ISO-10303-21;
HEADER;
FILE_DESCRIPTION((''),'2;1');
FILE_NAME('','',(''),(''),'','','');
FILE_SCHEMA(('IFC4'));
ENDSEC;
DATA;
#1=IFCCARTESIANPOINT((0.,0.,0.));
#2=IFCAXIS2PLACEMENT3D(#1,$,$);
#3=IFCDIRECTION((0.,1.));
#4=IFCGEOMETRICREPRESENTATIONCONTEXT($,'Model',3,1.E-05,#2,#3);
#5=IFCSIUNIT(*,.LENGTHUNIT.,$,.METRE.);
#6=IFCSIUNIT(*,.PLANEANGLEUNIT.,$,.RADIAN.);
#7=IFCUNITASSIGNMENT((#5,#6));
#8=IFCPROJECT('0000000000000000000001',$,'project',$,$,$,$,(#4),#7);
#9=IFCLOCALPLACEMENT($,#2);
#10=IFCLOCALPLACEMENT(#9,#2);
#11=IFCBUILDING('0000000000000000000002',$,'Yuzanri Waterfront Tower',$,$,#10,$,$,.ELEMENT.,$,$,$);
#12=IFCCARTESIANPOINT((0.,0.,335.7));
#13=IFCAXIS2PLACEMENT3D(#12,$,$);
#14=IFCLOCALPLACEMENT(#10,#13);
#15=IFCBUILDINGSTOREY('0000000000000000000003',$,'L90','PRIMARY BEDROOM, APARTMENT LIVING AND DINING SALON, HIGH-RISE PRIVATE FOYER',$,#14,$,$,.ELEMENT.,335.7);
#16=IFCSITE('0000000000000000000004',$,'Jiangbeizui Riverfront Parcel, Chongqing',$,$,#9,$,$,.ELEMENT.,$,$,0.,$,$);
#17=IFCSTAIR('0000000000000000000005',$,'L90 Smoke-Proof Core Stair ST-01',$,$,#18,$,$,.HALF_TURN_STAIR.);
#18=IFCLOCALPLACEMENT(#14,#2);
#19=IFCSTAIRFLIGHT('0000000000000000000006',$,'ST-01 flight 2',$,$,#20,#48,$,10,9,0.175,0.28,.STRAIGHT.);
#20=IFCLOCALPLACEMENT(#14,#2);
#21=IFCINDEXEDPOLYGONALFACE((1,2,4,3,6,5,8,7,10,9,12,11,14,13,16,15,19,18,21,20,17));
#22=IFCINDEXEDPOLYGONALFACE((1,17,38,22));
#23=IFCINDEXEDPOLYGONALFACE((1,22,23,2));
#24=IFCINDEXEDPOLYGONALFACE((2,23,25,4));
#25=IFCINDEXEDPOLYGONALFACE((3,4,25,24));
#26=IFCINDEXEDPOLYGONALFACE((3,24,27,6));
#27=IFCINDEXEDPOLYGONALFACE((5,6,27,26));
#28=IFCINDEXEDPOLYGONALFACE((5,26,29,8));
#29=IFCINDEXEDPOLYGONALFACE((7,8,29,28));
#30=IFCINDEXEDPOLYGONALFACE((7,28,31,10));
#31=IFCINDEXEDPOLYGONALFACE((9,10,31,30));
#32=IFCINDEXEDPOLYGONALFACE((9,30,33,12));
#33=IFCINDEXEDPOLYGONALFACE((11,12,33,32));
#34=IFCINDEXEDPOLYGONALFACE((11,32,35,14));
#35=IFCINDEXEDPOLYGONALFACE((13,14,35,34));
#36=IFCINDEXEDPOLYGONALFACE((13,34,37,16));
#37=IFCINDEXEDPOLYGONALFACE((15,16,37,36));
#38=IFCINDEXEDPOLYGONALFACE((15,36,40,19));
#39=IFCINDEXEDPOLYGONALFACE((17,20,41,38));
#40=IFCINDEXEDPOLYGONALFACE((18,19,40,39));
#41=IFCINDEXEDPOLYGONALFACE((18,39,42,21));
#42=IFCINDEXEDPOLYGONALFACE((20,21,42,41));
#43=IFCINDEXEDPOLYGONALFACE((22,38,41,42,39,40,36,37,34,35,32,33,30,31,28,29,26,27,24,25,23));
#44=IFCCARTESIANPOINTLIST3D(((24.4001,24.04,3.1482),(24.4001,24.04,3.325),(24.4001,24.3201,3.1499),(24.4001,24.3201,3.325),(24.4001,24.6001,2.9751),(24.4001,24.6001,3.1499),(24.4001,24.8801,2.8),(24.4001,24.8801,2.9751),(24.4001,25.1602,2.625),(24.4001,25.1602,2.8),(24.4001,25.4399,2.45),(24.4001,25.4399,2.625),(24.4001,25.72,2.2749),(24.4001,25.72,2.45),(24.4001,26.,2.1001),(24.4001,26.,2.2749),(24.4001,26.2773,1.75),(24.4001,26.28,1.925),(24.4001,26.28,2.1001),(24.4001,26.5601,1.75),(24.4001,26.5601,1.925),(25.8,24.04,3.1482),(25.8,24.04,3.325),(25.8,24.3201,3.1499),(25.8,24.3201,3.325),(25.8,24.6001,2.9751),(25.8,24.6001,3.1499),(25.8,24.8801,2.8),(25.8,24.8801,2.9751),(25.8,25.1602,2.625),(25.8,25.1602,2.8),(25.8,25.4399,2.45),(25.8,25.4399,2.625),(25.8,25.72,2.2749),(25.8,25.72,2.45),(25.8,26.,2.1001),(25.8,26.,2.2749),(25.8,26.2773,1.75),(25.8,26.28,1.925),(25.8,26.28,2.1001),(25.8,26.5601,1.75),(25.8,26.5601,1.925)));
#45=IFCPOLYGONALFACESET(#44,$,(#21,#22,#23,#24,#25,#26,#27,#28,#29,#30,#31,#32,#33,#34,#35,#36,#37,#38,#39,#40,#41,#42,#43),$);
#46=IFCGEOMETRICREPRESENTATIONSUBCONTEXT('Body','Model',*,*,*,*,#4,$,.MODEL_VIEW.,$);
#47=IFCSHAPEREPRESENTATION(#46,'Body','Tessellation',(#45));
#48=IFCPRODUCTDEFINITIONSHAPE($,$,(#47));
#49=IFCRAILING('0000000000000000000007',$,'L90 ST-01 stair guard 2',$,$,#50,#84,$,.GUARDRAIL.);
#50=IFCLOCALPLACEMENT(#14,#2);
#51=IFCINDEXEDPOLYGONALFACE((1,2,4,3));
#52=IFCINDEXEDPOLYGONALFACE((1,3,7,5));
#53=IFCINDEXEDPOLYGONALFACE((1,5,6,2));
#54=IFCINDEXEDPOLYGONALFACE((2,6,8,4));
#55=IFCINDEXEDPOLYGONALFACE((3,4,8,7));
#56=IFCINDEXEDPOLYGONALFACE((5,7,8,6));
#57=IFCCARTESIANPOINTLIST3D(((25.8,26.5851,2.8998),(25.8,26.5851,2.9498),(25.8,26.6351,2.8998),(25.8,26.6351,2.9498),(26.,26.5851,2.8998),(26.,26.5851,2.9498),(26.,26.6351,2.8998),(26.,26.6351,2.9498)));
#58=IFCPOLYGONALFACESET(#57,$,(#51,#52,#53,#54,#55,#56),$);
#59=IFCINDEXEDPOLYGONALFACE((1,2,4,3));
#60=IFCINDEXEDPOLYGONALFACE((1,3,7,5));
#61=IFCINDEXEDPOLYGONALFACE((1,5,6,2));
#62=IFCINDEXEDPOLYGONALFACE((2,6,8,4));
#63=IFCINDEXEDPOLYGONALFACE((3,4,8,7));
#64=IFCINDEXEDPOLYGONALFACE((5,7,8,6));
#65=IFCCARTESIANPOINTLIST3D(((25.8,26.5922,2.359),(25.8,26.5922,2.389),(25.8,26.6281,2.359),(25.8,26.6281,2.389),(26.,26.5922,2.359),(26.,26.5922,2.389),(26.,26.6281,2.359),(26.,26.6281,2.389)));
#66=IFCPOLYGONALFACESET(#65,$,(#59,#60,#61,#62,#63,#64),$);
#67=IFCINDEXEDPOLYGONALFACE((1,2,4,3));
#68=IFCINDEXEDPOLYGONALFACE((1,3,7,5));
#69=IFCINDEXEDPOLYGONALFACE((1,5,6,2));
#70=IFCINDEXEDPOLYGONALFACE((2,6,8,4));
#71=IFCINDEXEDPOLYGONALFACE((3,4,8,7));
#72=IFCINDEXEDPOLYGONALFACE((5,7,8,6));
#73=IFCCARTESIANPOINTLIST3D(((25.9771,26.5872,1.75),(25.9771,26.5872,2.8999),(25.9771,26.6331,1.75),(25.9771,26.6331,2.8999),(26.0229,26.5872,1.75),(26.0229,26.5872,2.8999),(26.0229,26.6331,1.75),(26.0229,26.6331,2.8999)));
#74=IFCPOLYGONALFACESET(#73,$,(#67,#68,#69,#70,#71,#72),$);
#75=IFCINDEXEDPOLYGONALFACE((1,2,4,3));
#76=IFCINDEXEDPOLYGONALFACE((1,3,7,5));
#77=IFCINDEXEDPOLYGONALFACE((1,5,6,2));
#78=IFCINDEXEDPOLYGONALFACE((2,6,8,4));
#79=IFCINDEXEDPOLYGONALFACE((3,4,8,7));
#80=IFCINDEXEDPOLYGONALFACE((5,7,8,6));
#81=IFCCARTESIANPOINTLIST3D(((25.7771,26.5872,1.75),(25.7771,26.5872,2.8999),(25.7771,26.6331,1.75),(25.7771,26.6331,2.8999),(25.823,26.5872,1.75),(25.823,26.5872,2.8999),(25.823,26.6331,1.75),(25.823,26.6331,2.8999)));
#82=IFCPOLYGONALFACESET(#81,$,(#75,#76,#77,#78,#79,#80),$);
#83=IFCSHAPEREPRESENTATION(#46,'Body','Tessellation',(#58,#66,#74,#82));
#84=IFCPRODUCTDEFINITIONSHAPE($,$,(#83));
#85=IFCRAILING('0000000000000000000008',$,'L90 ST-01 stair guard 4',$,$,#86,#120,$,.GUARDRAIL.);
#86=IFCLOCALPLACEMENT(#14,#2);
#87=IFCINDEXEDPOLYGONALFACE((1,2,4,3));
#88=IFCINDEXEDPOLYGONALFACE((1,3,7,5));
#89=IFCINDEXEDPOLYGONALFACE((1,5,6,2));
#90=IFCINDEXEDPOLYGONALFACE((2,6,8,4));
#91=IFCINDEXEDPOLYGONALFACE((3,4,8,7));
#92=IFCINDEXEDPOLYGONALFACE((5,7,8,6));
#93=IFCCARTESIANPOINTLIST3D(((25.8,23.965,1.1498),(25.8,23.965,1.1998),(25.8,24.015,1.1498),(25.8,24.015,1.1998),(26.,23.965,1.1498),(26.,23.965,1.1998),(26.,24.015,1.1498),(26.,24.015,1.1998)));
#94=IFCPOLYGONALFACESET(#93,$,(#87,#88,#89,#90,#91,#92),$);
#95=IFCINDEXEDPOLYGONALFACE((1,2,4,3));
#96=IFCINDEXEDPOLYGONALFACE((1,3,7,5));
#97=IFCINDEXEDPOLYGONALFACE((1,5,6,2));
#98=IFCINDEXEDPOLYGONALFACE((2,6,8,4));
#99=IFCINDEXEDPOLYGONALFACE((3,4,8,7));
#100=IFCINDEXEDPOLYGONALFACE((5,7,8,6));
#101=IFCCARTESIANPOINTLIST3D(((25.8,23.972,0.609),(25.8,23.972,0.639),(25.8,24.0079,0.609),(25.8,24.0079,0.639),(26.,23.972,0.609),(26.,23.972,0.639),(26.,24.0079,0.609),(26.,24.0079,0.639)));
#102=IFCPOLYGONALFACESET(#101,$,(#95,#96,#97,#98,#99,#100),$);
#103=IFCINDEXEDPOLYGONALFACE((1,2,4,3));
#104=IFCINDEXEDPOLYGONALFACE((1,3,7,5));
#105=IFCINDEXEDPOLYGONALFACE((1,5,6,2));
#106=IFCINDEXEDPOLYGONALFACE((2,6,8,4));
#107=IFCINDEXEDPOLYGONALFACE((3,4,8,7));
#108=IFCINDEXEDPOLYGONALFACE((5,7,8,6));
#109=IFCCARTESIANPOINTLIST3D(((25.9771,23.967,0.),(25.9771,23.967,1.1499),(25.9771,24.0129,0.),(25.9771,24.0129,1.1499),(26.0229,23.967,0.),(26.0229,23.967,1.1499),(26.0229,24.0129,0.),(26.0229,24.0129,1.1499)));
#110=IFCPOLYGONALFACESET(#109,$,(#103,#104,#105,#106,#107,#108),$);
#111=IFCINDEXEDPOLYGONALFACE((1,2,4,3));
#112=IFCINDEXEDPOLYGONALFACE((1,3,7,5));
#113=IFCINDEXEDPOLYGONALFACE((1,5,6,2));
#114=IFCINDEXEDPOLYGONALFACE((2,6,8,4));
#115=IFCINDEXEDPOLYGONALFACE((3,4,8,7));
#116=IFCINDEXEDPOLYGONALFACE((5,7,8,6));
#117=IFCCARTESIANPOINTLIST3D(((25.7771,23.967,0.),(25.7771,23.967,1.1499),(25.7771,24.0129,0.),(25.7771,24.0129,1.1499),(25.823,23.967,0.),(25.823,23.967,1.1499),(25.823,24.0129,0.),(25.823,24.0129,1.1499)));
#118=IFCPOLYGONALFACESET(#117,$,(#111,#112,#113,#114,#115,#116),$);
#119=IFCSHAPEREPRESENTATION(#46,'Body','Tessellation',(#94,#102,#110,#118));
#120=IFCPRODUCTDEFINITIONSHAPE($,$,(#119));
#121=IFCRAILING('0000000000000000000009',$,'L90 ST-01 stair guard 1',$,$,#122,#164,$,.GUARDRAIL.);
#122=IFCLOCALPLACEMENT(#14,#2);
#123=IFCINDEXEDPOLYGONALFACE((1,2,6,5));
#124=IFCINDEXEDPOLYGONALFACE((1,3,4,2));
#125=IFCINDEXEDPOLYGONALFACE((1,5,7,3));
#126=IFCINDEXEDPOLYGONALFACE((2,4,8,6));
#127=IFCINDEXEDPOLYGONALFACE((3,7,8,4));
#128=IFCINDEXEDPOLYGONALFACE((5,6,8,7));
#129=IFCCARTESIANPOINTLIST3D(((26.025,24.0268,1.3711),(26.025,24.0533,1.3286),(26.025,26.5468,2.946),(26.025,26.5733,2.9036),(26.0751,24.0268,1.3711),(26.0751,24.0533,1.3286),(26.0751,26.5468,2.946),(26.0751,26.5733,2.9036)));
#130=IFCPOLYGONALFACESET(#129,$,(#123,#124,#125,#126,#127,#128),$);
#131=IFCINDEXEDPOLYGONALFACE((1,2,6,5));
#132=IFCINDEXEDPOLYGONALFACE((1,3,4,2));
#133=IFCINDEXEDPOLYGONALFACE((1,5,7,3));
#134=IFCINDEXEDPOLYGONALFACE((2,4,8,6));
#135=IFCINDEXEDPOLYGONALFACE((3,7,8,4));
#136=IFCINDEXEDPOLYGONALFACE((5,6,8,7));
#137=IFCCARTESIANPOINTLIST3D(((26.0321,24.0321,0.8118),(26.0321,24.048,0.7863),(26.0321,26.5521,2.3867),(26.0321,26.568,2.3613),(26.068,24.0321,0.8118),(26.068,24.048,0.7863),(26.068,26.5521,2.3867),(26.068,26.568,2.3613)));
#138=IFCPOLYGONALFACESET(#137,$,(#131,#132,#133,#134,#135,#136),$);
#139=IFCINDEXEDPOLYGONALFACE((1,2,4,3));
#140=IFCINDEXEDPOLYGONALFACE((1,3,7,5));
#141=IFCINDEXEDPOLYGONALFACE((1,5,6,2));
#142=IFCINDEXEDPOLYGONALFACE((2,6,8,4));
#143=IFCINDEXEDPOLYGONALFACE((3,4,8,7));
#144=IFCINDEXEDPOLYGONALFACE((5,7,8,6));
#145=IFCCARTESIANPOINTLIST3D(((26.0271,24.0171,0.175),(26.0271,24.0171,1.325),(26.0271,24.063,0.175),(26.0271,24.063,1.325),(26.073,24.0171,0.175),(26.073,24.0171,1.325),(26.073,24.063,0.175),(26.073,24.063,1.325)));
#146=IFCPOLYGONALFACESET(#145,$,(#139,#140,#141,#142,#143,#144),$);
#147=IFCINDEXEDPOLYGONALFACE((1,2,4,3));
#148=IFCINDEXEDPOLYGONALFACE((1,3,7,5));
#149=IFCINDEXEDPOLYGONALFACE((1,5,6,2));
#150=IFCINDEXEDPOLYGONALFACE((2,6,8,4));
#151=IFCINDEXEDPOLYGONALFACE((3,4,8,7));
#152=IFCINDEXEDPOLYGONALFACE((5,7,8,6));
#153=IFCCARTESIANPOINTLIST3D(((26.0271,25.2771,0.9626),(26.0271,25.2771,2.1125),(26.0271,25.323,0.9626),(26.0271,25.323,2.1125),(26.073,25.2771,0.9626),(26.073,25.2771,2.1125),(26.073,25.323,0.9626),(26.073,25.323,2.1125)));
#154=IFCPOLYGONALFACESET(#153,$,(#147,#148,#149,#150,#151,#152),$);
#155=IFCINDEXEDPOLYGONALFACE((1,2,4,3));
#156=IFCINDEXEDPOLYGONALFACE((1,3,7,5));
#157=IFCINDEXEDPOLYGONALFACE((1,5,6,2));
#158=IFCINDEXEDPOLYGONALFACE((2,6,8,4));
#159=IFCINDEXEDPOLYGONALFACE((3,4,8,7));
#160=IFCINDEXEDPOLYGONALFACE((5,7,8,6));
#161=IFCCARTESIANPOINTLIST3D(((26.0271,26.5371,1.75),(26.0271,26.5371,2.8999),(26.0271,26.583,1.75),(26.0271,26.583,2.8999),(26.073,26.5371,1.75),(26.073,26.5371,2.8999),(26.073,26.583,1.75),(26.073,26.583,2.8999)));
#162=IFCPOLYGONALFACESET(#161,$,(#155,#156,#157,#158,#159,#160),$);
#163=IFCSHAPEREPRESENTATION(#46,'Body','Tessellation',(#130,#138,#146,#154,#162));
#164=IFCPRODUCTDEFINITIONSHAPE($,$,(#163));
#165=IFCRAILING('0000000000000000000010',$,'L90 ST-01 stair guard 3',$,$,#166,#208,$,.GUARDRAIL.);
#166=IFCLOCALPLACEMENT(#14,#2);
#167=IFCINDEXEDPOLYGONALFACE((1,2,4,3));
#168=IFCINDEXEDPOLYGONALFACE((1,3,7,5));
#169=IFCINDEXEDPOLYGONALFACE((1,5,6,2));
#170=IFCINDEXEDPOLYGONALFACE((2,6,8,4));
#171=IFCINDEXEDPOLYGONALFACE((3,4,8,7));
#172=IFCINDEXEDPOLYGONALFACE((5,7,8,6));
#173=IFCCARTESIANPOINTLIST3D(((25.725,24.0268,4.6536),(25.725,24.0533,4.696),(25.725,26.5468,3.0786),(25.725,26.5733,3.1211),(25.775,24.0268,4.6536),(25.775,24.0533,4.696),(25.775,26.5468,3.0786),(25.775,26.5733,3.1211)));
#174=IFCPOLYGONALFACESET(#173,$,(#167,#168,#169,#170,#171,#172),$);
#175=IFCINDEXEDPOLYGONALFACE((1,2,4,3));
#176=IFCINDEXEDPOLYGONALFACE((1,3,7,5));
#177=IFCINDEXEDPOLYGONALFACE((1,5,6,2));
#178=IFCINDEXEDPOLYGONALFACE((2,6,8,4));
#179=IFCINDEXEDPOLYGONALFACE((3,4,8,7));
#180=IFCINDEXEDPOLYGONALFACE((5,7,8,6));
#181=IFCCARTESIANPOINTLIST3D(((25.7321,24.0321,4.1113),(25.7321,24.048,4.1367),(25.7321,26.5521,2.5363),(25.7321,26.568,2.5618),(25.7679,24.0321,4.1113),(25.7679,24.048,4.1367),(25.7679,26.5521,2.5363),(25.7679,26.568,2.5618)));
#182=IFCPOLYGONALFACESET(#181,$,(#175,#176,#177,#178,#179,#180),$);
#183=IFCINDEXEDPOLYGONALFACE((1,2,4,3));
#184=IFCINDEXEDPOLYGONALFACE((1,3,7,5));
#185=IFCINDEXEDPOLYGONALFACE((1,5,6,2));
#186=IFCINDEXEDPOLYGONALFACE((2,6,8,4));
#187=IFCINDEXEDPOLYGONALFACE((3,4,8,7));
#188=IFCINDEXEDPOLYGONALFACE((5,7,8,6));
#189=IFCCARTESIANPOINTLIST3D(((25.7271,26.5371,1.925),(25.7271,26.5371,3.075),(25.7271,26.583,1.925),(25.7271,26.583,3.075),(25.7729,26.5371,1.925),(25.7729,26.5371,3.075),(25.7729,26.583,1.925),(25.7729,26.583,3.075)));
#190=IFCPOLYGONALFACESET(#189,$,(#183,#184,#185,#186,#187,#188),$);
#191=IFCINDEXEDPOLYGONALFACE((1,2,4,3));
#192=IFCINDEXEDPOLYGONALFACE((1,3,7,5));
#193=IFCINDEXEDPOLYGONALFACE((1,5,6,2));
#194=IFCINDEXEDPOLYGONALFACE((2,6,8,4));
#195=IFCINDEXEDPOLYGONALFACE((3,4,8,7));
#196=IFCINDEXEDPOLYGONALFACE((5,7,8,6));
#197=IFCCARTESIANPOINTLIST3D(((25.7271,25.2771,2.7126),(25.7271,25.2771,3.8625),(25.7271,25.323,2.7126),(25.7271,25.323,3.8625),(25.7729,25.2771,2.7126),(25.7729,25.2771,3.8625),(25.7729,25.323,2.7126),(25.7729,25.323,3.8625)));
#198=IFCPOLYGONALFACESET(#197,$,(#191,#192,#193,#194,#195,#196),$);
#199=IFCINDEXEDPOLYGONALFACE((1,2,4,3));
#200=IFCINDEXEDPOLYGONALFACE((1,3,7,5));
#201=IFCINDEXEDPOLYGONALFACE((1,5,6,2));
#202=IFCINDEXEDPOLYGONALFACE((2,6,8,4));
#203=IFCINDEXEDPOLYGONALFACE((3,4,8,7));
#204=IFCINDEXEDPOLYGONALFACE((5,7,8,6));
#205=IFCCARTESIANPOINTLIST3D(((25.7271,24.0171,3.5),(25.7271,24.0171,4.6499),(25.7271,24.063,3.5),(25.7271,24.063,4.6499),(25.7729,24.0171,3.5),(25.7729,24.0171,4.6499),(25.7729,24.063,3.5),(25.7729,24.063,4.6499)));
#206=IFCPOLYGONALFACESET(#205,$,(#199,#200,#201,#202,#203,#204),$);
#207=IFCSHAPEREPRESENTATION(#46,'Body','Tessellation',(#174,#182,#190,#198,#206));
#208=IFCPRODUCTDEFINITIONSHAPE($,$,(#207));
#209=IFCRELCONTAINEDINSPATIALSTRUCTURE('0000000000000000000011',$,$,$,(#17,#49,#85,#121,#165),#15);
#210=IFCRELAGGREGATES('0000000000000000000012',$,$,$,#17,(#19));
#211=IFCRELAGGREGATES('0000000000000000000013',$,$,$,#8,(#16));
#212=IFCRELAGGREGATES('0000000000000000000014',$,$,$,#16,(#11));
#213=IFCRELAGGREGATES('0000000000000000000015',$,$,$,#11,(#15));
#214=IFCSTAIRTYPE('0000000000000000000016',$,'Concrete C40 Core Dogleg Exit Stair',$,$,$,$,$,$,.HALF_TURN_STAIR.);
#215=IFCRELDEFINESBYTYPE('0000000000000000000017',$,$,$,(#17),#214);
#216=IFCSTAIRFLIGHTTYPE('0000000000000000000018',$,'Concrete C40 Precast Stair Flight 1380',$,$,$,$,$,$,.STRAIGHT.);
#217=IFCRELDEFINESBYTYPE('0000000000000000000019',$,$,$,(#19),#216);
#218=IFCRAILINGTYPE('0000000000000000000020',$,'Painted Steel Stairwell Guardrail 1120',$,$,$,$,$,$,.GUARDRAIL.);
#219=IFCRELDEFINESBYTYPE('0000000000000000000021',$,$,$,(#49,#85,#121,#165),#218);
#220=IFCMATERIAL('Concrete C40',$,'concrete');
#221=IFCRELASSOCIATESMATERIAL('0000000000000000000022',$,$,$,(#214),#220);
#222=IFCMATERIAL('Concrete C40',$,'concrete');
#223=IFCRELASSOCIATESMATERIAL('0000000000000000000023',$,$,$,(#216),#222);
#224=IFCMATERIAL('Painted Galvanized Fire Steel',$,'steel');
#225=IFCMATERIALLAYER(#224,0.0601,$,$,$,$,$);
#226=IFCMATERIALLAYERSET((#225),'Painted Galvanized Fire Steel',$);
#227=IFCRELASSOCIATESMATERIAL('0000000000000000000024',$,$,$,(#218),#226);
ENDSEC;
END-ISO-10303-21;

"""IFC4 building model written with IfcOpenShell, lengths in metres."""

from ifc_helpers import new_model, si_unit, direction, frame, origin, origin_2d, place, context, subcontext, project, spatial, polyline, rectangle, outline, extrude, source, transform, mapped, material, layer, layer_set, type_object, element, aggregate, save


model = new_model("IFC4")

# Units and contexts
model_context = context("Model", 3, precision=1e-05, world=origin(), true_north=direction((0.0, 1.0)))
body_context = subcontext(model_context, "Body", "Model", "MODEL_VIEW")
ifc_project = project(units=[si_unit("LENGTHUNIT", "METRE"), si_unit("PLANEANGLEUNIT", "RADIAN")], contexts=[model_context])

# Site, building, storey
site_placement = place(None, origin())
site = spatial("IfcSite", under=ifc_project, at=site_placement, Name="Jiangbeizui Riverfront Parcel, Chongqing", CompositionType="ELEMENT", RefElevation=0.0)
building_placement = place(site_placement, origin())
building = spatial("IfcBuilding", under=site, at=building_placement, Name="Yuzanri Waterfront Tower", CompositionType="ELEMENT")
storey_placement = place(building_placement, frame((0.0, 0.0, 335.7)))
storey = spatial("IfcBuildingStorey", under=building, at=storey_placement, Name="L90", Description="PRIMARY BEDROOM, APARTMENT LIVING AND DINING SALON, HIGH-RISE PRIVATE FOYER", CompositionType="ELEMENT", Elevation=335.7)

# Stair, stair flight
ifc_material_1 = material(Name="Concrete C40", Category="concrete")
stair_type = type_object("IfcStairType", Name="Concrete C40 Core Dogleg Exit Stair", PredefinedType="HALF_TURN_STAIR", material=ifc_material_1)
stair_placement = place(storey_placement, origin())
stair = element("IfcStair", 1, at=stair_placement, inside=storey, type_object=stair_type, Name="L90 Smoke-Proof Core Stair ST-01", PredefinedType="HALF_TURN_STAIR")
ifc_material_2 = material(Name="Concrete C40", Category="concrete")
stair_flight_type = type_object("IfcStairFlightType", Name="Concrete C40 Precast Stair Flight 1380", PredefinedType="STRAIGHT", material=ifc_material_2)
shared_shape_1 = source(origin(), body_context, "Body", "SweptSolid", [
    extrude(outline(polyline([(0.0, 0.0), (0.0, 0.175), (0.28, 0.175), (0.28, 0.3501), (0.5601, 0.3501), (0.5601, 0.5249), (0.8401, 0.5249), (0.8401, 0.7), (1.1201, 0.7), (1.1201, 0.875), (1.3999, 0.875), (1.3999, 1.05), (1.6799, 1.05), (1.6799, 1.2251), (1.96, 1.2251), (1.96, 1.3999), (2.24, 1.3999), (2.24, 1.575), (2.52, 1.575), (2.52, 1.75), (2.52, 1.3982), (0.2827, 0.0), (0.0, 0.0)])), frame((0.0, 0.7, 0.0), z_axis=(0.0, -1.0, 0.0), x_axis=(1.0, 0.0, 0.0)), (0.0, 0.0, 1.0), 1.3999),
])
stair_flight_1_placement = place(storey_placement, frame((25.1001, 26.5601, 1.75), z_axis=(0.0, 0.0, 1.0), x_axis=(0.0, -1.0, 0.0)))
stair_flight_1 = element("IfcStairFlight", 2, at=stair_flight_1_placement, type_object=stair_flight_type, Name="ST-01 flight 2", NumberOfRisers=10, NumberOfTreads=9, PredefinedType="STRAIGHT", RiserHeight=0.175, TreadLength=0.28, context=body_context, shape_type="MappedRepresentation", body=[
    mapped(shared_shape_1, transform((0.0, 0.0, 0.0), scale=1.0)),
])
aggregate(stair, [stair_flight_1])

# Railings
ifc_material_3 = material(Name="Painted Galvanized Fire Steel", Category="steel")
ifc_layer_1 = layer(ifc_material_3, 0.0601)
ifc_layer_set_1 = layer_set([ifc_layer_1], Name="Painted Galvanized Fire Steel")
railing_type_1 = type_object("IfcRailingType", Name="Painted Steel Stairwell Guardrail 1120", PredefinedType="GUARDRAIL", material=ifc_layer_set_1)
shared_shape_2 = source(origin(), body_context, "Body", "SweptSolid", [
    extrude(rectangle(XDim=0.05, YDim=0.05, at=origin_2d()), frame((0.0, 0.0, 1.1748), z_axis=(-1.0, 0.0, 0.0), x_axis=(0.0, -1.0, 0.0)), (0.0, 0.0, 1.0), 0.2),
    extrude(rectangle(XDim=0.0359, YDim=0.03, at=origin_2d()), frame((0.0, 0.0, 0.624), z_axis=(-1.0, 0.0, 0.0), x_axis=(0.0, -1.0, 0.0)), (0.0, 0.0, 1.0), 0.2),
    extrude(rectangle(XDim=0.0459, YDim=0.0459, at=origin_2d()), origin(), (0.0, 0.0, 1.0), 1.1499),
    extrude(rectangle(XDim=0.0459, YDim=0.0459, at=origin_2d()), frame((-0.2, 0.0, 0.0)), (0.0, 0.0, 1.0), 1.1499),
])
for number, where, name in (
    (3, (26.0, 26.6101, 1.75), "L90 ST-01 stair guard 2"),
    (4, (26.0, 23.99, 0.0), "L90 ST-01 stair guard 4"),
):
    element("IfcRailing", number, at=place(storey_placement, frame(where)), inside=storey, type_object=railing_type_1, Name=name, PredefinedType="GUARDRAIL", context=body_context, shape_type="MappedRepresentation", body=[
        mapped(shared_shape_2, transform((0.0, 0.0, 0.0), scale=1.0)),
    ])
shared_shape_3 = source(origin(), body_context, "Body", "SweptSolid", [
    extrude(rectangle(XDim=0.05, YDim=0.05, at=origin_2d()), frame((0.0, 0.0, 1.1748), z_axis=(0.0, 0.848008, 0.529984), x_axis=(-1.0, 0.0, 0.0)), (0.0, 0.0, 1.0), 2.9717),
    extrude(rectangle(XDim=0.0359, YDim=0.03, at=origin_2d()), frame((0.0, 0.0, 0.624), z_axis=(0.0, 0.848008, 0.529984), x_axis=(-1.0, 0.0, 0.0)), (0.0, 0.0, 1.0), 2.9717),
    extrude(rectangle(XDim=0.0459, YDim=0.0459, at=origin_2d()), origin(), (0.0, 0.0, 1.0), 1.1499),
    extrude(rectangle(XDim=0.0459, YDim=0.0459, at=origin_2d()), frame((0.0, 1.26, 0.7876)), (0.0, 0.0, 1.0), 1.1499),
    extrude(rectangle(XDim=0.0459, YDim=0.0459, at=origin_2d()), frame((0.0, 2.52, 1.575)), (0.0, 0.0, 1.0), 1.1499),
])
railing_1_placement = place(storey_placement, frame((26.05, 24.04, 0.175)))
element("IfcRailing", 5, at=railing_1_placement, inside=storey, type_object=railing_type_1, Name="L90 ST-01 stair guard 1", PredefinedType="GUARDRAIL", context=body_context, shape_type="MappedRepresentation", body=[
    mapped(shared_shape_3, transform((0.0, 0.0, 0.0), scale=1.0)),
])
shared_shape_4 = source(origin(), body_context, "Body", "SweptSolid", [
    extrude(rectangle(XDim=0.05, YDim=0.05, at=origin_2d()), frame((0.0, 0.0, 1.1748), z_axis=(0.0, -0.848008, 0.529984), x_axis=(1.0, 0.0, 0.0)), (0.0, 0.0, 1.0), 2.9717),
    extrude(rectangle(XDim=0.0359, YDim=0.03, at=origin_2d()), frame((0.0, 0.0, 0.624), z_axis=(0.0, -0.848008, 0.529984), x_axis=(1.0, 0.0, 0.0)), (0.0, 0.0, 1.0), 2.9717),
    extrude(rectangle(XDim=0.0459, YDim=0.0459, at=origin_2d()), origin(), (0.0, 0.0, 1.0), 1.1499),
    extrude(rectangle(XDim=0.0459, YDim=0.0459, at=origin_2d()), frame((0.0, -1.26, 0.7876)), (0.0, 0.0, 1.0), 1.1499),
    extrude(rectangle(XDim=0.0459, YDim=0.0459, at=origin_2d()), frame((0.0, -2.52, 1.575)), (0.0, 0.0, 1.0), 1.1499),
])
railing_2_placement = place(storey_placement, frame((25.75, 26.5601, 1.925)))
element("IfcRailing", 6, at=railing_2_placement, inside=storey, type_object=railing_type_1, Name="L90 ST-01 stair guard 3", PredefinedType="GUARDRAIL", context=body_context, shape_type="MappedRepresentation", body=[
    mapped(shared_shape_4, transform((0.0, 0.0, 0.0), scale=1.0)),
])

save(model, "model.ifc")
